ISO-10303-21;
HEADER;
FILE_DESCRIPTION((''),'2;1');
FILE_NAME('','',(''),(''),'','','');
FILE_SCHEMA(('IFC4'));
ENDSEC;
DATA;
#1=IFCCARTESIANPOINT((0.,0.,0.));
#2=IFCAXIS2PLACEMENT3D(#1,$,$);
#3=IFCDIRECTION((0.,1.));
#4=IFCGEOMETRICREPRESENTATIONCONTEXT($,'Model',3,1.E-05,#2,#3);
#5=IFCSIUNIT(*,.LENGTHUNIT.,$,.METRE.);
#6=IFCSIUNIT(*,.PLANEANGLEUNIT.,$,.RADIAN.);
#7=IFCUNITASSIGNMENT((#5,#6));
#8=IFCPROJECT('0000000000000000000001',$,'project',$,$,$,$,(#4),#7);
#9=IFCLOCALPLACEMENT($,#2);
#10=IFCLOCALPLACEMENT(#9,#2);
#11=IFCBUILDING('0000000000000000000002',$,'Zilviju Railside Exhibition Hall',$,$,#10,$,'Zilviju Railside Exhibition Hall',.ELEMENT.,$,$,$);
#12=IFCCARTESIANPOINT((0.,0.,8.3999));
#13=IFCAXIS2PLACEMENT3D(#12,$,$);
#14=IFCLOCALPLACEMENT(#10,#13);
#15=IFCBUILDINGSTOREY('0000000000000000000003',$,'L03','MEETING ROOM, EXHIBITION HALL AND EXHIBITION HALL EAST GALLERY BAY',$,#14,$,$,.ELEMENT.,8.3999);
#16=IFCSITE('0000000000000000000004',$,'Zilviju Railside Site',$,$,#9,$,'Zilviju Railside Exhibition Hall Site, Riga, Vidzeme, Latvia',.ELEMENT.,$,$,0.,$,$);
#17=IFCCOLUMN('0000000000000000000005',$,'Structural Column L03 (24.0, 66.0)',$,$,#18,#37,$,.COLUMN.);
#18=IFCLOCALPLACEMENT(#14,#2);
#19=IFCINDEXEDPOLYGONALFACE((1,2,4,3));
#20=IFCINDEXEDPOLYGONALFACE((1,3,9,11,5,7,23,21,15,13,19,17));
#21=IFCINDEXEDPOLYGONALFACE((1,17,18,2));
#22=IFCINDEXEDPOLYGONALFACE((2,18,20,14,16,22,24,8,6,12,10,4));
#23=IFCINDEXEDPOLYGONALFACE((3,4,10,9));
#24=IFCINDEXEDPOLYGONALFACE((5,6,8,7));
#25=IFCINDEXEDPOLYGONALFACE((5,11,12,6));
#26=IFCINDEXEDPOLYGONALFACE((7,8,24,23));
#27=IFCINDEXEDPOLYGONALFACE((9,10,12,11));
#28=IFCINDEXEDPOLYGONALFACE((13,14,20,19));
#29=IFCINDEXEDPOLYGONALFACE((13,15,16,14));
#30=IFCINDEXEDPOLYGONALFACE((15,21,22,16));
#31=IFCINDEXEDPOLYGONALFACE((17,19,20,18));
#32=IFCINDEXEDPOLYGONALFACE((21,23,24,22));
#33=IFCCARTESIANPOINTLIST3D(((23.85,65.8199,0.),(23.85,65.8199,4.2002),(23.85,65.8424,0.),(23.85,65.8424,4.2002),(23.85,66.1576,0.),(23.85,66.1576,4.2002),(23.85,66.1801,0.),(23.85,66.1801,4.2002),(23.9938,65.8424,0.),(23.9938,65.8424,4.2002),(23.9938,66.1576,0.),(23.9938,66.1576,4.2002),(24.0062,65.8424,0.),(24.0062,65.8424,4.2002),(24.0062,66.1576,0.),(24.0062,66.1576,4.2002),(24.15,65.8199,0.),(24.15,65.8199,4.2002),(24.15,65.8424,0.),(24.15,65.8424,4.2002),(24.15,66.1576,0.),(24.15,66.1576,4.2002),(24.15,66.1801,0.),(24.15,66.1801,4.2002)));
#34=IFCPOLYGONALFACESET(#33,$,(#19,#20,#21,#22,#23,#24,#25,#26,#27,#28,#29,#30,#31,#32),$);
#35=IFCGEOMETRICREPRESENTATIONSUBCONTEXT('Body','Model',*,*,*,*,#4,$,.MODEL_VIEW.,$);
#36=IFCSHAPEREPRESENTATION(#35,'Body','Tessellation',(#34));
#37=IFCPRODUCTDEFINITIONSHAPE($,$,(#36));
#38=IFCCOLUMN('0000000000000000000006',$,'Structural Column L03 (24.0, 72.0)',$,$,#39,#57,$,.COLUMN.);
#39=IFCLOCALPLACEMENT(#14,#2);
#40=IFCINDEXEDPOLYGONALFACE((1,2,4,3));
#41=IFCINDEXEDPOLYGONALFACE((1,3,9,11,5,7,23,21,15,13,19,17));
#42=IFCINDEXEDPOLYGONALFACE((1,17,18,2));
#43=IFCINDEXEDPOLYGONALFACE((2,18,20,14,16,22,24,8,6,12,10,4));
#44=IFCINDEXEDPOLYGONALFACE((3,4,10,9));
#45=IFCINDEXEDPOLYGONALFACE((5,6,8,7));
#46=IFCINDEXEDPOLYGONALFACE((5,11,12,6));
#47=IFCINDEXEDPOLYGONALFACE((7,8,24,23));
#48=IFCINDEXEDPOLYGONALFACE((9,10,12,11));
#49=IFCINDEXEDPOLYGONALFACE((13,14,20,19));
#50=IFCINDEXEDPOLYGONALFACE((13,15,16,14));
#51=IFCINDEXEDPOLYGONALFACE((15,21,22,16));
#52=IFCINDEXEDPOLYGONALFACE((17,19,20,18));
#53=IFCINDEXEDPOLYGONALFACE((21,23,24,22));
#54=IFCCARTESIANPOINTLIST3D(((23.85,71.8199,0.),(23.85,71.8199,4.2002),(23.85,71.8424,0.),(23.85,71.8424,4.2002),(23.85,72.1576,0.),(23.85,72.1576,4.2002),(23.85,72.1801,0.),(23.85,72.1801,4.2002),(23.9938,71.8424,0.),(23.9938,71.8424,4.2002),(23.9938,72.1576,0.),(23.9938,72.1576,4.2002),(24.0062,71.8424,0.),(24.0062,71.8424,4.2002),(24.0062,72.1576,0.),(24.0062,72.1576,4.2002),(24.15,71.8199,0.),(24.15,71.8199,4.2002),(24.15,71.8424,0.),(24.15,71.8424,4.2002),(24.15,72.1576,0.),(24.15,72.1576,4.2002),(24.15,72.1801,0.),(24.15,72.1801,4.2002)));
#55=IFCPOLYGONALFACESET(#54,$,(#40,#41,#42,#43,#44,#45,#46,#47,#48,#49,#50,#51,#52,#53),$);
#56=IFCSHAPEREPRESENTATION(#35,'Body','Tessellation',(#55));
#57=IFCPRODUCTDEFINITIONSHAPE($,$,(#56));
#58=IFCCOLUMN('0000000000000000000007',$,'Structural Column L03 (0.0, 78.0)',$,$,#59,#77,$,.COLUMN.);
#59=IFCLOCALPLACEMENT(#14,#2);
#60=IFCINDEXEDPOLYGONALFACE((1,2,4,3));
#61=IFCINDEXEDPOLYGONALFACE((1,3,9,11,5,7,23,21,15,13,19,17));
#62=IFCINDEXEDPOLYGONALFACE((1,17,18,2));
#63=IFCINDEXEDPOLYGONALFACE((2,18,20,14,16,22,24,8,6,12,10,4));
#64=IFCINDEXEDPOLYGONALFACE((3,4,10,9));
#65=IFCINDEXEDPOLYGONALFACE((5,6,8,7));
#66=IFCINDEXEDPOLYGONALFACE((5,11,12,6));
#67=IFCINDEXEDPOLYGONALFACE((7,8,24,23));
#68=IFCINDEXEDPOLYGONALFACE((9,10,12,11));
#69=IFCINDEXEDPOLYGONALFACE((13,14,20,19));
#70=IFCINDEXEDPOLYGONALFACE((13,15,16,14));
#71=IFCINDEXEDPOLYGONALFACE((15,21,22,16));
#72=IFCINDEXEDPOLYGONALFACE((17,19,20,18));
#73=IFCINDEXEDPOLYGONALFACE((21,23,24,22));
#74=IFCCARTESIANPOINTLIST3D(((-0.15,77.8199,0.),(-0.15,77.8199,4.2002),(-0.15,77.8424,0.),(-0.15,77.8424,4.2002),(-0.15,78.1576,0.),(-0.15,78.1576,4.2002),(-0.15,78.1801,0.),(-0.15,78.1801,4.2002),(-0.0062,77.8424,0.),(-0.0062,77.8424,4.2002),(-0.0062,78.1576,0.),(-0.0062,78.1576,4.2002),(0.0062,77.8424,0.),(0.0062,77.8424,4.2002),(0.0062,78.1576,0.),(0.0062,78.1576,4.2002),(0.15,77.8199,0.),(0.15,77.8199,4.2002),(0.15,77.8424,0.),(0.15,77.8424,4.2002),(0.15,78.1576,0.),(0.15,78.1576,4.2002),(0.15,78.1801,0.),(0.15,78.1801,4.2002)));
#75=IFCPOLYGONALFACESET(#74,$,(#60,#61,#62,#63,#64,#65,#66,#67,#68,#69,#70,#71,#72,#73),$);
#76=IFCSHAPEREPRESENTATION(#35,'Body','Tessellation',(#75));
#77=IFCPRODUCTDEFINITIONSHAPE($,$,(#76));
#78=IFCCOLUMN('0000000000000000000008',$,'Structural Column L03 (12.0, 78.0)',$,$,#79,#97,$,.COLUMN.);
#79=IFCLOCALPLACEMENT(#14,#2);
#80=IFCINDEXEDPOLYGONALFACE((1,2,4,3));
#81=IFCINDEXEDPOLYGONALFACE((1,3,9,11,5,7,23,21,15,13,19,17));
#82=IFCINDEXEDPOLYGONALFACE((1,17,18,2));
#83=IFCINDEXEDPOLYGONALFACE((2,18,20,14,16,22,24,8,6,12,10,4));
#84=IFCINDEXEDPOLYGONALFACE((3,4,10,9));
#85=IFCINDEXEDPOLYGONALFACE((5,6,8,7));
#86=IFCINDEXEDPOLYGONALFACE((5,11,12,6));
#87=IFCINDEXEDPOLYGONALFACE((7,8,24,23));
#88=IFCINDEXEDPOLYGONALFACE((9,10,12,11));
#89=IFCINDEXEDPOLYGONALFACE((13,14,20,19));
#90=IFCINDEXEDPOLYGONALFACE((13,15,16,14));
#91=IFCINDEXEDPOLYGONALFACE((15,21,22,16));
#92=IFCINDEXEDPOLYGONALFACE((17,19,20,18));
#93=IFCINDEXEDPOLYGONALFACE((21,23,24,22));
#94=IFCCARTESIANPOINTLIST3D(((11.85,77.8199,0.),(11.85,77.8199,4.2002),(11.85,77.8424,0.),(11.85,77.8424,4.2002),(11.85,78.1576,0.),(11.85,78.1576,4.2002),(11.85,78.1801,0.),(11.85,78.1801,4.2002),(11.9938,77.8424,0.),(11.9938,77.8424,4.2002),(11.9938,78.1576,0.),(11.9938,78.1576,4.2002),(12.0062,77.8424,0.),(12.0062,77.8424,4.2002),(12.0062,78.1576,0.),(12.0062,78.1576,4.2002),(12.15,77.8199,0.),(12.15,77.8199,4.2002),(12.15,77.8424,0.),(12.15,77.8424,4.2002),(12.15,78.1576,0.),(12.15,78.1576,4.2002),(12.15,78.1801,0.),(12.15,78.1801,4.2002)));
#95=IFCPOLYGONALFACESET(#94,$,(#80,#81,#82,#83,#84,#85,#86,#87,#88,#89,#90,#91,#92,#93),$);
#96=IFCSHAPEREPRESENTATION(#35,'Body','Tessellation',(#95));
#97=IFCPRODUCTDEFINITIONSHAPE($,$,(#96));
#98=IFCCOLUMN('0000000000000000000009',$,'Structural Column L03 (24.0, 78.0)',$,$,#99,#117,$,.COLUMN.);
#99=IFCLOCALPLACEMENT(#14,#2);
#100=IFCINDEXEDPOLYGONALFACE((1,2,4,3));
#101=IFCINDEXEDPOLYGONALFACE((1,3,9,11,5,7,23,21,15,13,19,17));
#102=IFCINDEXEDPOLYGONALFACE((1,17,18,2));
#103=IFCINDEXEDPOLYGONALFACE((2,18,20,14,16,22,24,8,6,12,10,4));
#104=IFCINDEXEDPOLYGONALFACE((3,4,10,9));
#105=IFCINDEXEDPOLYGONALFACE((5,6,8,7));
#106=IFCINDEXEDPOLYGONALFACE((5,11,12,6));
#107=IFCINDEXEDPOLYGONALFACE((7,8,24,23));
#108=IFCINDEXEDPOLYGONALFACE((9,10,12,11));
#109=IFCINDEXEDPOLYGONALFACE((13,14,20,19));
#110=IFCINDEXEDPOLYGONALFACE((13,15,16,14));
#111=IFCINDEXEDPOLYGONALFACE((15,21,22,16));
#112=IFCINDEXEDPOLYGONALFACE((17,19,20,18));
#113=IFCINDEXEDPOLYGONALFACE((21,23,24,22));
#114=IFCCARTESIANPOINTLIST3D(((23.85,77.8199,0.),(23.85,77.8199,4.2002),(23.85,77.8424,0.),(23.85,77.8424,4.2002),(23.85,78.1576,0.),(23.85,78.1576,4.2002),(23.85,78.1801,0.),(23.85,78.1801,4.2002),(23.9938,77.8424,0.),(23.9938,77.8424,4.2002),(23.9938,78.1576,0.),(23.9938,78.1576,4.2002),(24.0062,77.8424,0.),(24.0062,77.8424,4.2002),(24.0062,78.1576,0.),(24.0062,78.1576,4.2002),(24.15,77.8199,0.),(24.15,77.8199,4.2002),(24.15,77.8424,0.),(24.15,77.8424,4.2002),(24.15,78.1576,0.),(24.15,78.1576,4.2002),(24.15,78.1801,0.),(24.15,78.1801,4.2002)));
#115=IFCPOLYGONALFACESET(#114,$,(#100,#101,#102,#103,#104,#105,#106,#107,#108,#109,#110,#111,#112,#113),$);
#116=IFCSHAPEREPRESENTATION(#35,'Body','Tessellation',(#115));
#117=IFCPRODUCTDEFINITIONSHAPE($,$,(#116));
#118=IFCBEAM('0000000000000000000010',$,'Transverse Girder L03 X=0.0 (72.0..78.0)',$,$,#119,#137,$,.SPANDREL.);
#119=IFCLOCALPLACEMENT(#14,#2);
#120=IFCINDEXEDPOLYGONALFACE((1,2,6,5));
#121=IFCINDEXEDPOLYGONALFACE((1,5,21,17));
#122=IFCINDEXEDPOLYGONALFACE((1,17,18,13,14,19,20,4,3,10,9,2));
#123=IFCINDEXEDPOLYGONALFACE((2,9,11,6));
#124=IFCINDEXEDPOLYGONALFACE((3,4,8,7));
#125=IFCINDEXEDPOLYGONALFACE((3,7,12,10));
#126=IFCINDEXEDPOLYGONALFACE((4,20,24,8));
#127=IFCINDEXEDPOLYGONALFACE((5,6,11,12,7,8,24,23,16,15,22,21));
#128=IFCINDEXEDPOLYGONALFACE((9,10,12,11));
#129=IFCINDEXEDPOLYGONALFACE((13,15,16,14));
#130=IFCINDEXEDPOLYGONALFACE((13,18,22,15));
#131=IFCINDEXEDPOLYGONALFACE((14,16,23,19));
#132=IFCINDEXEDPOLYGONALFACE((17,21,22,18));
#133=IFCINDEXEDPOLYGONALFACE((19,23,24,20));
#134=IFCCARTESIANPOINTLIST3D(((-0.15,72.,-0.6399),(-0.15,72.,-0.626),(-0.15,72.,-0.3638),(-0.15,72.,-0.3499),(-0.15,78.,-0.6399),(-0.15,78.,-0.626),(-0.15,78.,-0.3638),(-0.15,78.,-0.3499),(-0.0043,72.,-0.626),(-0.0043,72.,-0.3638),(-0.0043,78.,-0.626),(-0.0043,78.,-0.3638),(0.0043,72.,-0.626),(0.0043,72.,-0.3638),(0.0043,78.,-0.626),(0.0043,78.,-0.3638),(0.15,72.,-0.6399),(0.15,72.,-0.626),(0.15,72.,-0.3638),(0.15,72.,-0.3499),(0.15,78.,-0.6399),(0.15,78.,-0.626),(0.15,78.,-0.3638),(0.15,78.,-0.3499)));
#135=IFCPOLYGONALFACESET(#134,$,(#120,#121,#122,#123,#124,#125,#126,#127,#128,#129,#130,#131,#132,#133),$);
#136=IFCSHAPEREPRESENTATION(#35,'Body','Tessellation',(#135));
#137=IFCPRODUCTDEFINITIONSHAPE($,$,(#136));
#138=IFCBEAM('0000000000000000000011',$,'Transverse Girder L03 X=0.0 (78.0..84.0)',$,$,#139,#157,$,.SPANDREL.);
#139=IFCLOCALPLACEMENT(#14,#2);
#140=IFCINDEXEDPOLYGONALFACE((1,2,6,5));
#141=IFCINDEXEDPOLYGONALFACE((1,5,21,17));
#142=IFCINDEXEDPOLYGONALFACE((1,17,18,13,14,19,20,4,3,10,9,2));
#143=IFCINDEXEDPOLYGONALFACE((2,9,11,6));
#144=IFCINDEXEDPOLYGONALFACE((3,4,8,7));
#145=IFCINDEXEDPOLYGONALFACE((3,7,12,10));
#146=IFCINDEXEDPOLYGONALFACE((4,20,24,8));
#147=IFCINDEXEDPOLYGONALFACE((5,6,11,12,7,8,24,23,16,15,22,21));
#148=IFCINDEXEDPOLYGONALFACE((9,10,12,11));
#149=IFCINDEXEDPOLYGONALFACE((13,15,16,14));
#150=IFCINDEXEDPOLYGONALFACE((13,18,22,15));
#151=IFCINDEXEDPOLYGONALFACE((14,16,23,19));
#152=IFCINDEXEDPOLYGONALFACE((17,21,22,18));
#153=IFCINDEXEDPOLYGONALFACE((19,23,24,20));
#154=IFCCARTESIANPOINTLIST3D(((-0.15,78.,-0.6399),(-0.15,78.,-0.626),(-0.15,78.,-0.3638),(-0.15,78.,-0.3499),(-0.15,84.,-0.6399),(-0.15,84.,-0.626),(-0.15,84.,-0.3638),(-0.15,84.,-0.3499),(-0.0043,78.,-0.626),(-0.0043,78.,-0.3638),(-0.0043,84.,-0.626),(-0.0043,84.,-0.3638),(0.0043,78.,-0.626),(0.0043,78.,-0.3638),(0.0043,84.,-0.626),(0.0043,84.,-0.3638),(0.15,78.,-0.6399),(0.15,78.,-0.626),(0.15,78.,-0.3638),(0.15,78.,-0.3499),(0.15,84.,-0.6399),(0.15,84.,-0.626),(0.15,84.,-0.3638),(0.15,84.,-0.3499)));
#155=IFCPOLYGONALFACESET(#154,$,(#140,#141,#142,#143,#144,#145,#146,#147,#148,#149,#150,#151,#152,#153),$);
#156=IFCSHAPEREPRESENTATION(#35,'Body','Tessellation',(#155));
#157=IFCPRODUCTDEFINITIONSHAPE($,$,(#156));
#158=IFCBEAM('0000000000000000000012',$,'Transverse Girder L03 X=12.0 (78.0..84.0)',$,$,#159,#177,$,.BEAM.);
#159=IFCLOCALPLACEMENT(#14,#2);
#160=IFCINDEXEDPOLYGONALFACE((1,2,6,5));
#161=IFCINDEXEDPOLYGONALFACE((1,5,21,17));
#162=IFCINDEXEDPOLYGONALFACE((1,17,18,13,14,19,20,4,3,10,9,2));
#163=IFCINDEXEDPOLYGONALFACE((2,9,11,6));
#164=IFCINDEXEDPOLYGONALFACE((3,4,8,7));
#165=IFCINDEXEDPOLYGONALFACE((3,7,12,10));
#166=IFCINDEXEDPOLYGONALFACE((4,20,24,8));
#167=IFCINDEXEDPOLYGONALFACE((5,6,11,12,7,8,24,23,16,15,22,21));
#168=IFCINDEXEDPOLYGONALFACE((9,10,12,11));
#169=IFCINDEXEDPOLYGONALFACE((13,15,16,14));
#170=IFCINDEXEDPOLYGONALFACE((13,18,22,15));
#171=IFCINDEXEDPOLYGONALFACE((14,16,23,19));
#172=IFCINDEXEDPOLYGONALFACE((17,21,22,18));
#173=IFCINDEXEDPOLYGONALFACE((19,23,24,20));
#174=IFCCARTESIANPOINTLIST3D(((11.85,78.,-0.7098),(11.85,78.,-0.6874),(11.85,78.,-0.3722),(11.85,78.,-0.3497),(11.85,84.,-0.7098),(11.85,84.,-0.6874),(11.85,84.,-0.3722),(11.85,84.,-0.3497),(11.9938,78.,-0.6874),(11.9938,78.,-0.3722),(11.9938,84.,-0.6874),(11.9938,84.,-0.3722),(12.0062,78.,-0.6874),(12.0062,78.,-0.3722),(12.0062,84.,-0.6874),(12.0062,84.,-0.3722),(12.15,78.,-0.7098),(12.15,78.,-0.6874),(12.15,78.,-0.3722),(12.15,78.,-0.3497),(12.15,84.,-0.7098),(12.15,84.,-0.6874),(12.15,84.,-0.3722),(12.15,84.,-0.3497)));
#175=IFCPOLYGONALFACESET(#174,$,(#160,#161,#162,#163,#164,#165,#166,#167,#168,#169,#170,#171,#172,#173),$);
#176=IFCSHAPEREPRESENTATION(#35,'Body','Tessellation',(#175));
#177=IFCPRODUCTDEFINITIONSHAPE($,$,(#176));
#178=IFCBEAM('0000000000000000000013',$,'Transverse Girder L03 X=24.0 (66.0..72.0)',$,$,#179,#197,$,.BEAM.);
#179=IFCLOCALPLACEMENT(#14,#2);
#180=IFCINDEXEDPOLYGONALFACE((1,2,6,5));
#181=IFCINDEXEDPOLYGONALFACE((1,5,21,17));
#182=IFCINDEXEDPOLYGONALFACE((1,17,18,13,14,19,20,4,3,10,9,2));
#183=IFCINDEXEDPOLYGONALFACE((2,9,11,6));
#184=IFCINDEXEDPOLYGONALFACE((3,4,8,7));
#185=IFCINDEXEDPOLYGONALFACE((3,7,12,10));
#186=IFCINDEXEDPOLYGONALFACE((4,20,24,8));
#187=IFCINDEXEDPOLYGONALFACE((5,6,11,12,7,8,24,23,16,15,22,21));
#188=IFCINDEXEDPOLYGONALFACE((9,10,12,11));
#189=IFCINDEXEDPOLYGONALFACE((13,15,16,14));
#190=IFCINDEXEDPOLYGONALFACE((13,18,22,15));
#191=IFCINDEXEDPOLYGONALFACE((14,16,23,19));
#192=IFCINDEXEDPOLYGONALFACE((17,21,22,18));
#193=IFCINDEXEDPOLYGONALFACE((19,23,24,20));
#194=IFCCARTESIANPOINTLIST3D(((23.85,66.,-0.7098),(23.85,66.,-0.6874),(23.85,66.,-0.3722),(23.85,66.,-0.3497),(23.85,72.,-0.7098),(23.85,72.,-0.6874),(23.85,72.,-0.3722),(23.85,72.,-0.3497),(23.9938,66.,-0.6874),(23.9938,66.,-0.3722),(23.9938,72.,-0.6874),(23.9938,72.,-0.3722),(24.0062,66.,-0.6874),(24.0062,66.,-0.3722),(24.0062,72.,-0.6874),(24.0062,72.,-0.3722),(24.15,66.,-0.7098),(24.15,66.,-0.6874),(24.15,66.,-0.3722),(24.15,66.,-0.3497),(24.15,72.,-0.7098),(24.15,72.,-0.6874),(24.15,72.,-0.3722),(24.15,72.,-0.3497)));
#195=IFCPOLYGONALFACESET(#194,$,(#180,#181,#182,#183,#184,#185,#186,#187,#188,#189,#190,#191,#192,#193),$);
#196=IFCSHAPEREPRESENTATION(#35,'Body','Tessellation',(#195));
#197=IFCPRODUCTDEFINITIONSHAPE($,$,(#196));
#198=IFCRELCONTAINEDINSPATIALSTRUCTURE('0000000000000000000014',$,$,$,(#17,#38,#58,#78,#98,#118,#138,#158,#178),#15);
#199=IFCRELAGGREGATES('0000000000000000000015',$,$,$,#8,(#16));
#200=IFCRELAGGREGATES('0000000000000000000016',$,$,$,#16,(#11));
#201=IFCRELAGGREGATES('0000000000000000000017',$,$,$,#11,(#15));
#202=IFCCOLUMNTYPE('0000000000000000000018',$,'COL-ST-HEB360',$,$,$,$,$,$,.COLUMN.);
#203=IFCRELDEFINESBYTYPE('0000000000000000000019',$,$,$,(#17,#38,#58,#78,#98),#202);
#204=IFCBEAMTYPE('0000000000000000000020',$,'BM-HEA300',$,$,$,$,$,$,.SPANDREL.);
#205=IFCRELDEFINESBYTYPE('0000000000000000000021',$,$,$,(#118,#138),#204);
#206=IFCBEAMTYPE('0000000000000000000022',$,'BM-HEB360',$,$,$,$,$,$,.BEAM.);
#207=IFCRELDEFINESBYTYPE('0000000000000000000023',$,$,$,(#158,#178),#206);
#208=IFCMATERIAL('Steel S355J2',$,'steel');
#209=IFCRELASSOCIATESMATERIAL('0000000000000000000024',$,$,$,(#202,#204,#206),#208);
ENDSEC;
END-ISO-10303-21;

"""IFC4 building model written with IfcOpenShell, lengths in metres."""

from ifc_helpers import new_model, si_unit, direction, frame, origin, origin_2d, place, context, subcontext, project, spatial, i_section, extrude, material, material_profile, profile_set, type_object, element, save


model = new_model("IFC4")

# Units and contexts
model_context = context("Model", 3, precision=1e-05, world=origin(), true_north=direction((0.0, 1.0)))
body_context = subcontext(model_context, "Body", "Model", "MODEL_VIEW")
ifc_project = project(units=[si_unit("LENGTHUNIT", "METRE"), si_unit("PLANEANGLEUNIT", "RADIAN")], contexts=[model_context])

# Site, building, storey
site_placement = place(None, origin())
site = spatial("IfcSite", under=ifc_project, at=site_placement, Name="Zilviju Railside Site", LongName="Zilviju Railside Exhibition Hall Site, Riga, Vidzeme, Latvia", CompositionType="ELEMENT", RefElevation=0.0)
building_placement = place(site_placement, origin())
building = spatial("IfcBuilding", under=site, at=building_placement, Name="Zilviju Railside Exhibition Hall", LongName="Zilviju Railside Exhibition Hall", CompositionType="ELEMENT")
storey_placement = place(building_placement, frame((0.0, 0.0, 8.3999)))
storey = spatial("IfcBuildingStorey", under=building, at=storey_placement, Name="L03", Description="MEETING ROOM, EXHIBITION HALL AND EXHIBITION HALL EAST GALLERY BAY", CompositionType="ELEMENT", Elevation=8.3999)

# Columns
ifc_material_1 = material(Name="Steel S355J2", Category="steel")
ifc_material_profile_1 = material_profile(ifc_material_1, i_section(OverallWidth=0.3, OverallDepth=0.3601, WebThickness=0.0125, FlangeThickness=0.0225, at=origin_2d()), Name="HEB 360")
ifc_profile_set_1 = profile_set([ifc_material_profile_1], Name="Steel S355J2")
column_type = type_object("IfcColumnType", Name="COL-ST-HEB360", PredefinedType="COLUMN", material=ifc_profile_set_1)
for number, where, z_axis, x_axis, name in (
    (1, (24.0, 66.0, 0.0), (0.0, 0.0, 1.0), (1.0, 0.0, 0.0), "Structural Column L03 (24.0, 66.0)"),
    (2, (24.0, 72.0, 0.0), (0.0, 0.0, 1.0), (1.0, 0.0, 0.0), "Structural Column L03 (24.0, 72.0)"),
    (3, (0.0, 78.0, 0.0), (0.0, 0.0, 1.0), (1.0, 0.0, 0.0), "Structural Column L03 (0.0, 78.0)"),
    (4, (12.0, 78.0, 0.0), (0.0, 0.0, 1.0), (1.0, 0.0, 0.0), "Structural Column L03 (12.0, 78.0)"),
    (5, (24.0, 78.0, 0.0), (0.0, 0.0, 1.0), (1.0, 0.0, 0.0), "Structural Column L03 (24.0, 78.0)"),
):
    element("IfcColumn", number, at=place(storey_placement, frame(where, z_axis=z_axis, x_axis=x_axis)), inside=storey, type_object=column_type, Name=name, PredefinedType="COLUMN", context=body_context, shape_type="SweptSolid", body=[
        extrude(i_section(OverallWidth=0.3, OverallDepth=0.3601, WebThickness=0.0125, FlangeThickness=0.0225, at=origin_2d()), origin(), (0.0, 0.0, 1.0), 4.2002),
    ])

# Beams
ifc_material_profile_2 = material_profile(ifc_material_1, i_section(OverallWidth=0.3, OverallDepth=0.29, WebThickness=0.0085, FlangeThickness=0.0139, at=origin_2d()), Name="HEA 300")
ifc_profile_set_2 = profile_set([ifc_material_profile_2], Name="Steel S355J2")
beam_type_1 = type_object("IfcBeamType", Name="BM-HEA300", PredefinedType="SPANDREL", material=ifc_profile_set_2)
for number, where, z_axis, x_axis, name in (
    (6, (0.0, 72.0, -0.4949), (0.0, 1.0, 0.0), (-1.0, 0.0, 0.0), "Transverse Girder L03 X=0.0 (72.0..78.0)"),
    (7, (0.0, 78.0, -0.4949), (0.0, 1.0, 0.0), (-1.0, 0.0, 0.0), "Transverse Girder L03 X=0.0 (78.0..84.0)"),
):
    element("IfcBeam", number, at=place(storey_placement, frame(where, z_axis=z_axis, x_axis=x_axis)), inside=storey, type_object=beam_type_1, Name=name, PredefinedType="SPANDREL", context=body_context, shape_type="SweptSolid", body=[
        extrude(i_section(OverallWidth=0.3, OverallDepth=0.29, WebThickness=0.0085, FlangeThickness=0.0139, at=origin_2d()), origin(), (0.0, 0.0, 1.0), 6.0),
    ])
ifc_material_profile_3 = material_profile(ifc_material_1, i_section(OverallWidth=0.3, OverallDepth=0.3601, WebThickness=0.0125, FlangeThickness=0.0225, at=origin_2d()), Name="HEB 360")
ifc_profile_set_3 = profile_set([ifc_material_profile_3], Name="Steel S355J2")
beam_type_2 = type_object("IfcBeamType", Name="BM-HEB360", PredefinedType="BEAM", material=ifc_profile_set_3)
for number, where, z_axis, x_axis, name in (
    (8, (12.0, 78.0, -0.5298), (0.0, 1.0, 0.0), (-1.0, 0.0, 0.0), "Transverse Girder L03 X=12.0 (78.0..84.0)"),
    (9, (24.0, 66.0, -0.5298), (0.0, 1.0, 0.0), (-1.0, 0.0, 0.0), "Transverse Girder L03 X=24.0 (66.0..72.0)"),
):
    element("IfcBeam", number, at=place(storey_placement, frame(where, z_axis=z_axis, x_axis=x_axis)), inside=storey, type_object=beam_type_2, Name=name, PredefinedType="BEAM", context=body_context, shape_type="SweptSolid", body=[
        extrude(i_section(OverallWidth=0.3, OverallDepth=0.3601, WebThickness=0.0125, FlangeThickness=0.0225, at=origin_2d()), origin(), (0.0, 0.0, 1.0), 6.0),
    ])

save(model, "model.ifc")
